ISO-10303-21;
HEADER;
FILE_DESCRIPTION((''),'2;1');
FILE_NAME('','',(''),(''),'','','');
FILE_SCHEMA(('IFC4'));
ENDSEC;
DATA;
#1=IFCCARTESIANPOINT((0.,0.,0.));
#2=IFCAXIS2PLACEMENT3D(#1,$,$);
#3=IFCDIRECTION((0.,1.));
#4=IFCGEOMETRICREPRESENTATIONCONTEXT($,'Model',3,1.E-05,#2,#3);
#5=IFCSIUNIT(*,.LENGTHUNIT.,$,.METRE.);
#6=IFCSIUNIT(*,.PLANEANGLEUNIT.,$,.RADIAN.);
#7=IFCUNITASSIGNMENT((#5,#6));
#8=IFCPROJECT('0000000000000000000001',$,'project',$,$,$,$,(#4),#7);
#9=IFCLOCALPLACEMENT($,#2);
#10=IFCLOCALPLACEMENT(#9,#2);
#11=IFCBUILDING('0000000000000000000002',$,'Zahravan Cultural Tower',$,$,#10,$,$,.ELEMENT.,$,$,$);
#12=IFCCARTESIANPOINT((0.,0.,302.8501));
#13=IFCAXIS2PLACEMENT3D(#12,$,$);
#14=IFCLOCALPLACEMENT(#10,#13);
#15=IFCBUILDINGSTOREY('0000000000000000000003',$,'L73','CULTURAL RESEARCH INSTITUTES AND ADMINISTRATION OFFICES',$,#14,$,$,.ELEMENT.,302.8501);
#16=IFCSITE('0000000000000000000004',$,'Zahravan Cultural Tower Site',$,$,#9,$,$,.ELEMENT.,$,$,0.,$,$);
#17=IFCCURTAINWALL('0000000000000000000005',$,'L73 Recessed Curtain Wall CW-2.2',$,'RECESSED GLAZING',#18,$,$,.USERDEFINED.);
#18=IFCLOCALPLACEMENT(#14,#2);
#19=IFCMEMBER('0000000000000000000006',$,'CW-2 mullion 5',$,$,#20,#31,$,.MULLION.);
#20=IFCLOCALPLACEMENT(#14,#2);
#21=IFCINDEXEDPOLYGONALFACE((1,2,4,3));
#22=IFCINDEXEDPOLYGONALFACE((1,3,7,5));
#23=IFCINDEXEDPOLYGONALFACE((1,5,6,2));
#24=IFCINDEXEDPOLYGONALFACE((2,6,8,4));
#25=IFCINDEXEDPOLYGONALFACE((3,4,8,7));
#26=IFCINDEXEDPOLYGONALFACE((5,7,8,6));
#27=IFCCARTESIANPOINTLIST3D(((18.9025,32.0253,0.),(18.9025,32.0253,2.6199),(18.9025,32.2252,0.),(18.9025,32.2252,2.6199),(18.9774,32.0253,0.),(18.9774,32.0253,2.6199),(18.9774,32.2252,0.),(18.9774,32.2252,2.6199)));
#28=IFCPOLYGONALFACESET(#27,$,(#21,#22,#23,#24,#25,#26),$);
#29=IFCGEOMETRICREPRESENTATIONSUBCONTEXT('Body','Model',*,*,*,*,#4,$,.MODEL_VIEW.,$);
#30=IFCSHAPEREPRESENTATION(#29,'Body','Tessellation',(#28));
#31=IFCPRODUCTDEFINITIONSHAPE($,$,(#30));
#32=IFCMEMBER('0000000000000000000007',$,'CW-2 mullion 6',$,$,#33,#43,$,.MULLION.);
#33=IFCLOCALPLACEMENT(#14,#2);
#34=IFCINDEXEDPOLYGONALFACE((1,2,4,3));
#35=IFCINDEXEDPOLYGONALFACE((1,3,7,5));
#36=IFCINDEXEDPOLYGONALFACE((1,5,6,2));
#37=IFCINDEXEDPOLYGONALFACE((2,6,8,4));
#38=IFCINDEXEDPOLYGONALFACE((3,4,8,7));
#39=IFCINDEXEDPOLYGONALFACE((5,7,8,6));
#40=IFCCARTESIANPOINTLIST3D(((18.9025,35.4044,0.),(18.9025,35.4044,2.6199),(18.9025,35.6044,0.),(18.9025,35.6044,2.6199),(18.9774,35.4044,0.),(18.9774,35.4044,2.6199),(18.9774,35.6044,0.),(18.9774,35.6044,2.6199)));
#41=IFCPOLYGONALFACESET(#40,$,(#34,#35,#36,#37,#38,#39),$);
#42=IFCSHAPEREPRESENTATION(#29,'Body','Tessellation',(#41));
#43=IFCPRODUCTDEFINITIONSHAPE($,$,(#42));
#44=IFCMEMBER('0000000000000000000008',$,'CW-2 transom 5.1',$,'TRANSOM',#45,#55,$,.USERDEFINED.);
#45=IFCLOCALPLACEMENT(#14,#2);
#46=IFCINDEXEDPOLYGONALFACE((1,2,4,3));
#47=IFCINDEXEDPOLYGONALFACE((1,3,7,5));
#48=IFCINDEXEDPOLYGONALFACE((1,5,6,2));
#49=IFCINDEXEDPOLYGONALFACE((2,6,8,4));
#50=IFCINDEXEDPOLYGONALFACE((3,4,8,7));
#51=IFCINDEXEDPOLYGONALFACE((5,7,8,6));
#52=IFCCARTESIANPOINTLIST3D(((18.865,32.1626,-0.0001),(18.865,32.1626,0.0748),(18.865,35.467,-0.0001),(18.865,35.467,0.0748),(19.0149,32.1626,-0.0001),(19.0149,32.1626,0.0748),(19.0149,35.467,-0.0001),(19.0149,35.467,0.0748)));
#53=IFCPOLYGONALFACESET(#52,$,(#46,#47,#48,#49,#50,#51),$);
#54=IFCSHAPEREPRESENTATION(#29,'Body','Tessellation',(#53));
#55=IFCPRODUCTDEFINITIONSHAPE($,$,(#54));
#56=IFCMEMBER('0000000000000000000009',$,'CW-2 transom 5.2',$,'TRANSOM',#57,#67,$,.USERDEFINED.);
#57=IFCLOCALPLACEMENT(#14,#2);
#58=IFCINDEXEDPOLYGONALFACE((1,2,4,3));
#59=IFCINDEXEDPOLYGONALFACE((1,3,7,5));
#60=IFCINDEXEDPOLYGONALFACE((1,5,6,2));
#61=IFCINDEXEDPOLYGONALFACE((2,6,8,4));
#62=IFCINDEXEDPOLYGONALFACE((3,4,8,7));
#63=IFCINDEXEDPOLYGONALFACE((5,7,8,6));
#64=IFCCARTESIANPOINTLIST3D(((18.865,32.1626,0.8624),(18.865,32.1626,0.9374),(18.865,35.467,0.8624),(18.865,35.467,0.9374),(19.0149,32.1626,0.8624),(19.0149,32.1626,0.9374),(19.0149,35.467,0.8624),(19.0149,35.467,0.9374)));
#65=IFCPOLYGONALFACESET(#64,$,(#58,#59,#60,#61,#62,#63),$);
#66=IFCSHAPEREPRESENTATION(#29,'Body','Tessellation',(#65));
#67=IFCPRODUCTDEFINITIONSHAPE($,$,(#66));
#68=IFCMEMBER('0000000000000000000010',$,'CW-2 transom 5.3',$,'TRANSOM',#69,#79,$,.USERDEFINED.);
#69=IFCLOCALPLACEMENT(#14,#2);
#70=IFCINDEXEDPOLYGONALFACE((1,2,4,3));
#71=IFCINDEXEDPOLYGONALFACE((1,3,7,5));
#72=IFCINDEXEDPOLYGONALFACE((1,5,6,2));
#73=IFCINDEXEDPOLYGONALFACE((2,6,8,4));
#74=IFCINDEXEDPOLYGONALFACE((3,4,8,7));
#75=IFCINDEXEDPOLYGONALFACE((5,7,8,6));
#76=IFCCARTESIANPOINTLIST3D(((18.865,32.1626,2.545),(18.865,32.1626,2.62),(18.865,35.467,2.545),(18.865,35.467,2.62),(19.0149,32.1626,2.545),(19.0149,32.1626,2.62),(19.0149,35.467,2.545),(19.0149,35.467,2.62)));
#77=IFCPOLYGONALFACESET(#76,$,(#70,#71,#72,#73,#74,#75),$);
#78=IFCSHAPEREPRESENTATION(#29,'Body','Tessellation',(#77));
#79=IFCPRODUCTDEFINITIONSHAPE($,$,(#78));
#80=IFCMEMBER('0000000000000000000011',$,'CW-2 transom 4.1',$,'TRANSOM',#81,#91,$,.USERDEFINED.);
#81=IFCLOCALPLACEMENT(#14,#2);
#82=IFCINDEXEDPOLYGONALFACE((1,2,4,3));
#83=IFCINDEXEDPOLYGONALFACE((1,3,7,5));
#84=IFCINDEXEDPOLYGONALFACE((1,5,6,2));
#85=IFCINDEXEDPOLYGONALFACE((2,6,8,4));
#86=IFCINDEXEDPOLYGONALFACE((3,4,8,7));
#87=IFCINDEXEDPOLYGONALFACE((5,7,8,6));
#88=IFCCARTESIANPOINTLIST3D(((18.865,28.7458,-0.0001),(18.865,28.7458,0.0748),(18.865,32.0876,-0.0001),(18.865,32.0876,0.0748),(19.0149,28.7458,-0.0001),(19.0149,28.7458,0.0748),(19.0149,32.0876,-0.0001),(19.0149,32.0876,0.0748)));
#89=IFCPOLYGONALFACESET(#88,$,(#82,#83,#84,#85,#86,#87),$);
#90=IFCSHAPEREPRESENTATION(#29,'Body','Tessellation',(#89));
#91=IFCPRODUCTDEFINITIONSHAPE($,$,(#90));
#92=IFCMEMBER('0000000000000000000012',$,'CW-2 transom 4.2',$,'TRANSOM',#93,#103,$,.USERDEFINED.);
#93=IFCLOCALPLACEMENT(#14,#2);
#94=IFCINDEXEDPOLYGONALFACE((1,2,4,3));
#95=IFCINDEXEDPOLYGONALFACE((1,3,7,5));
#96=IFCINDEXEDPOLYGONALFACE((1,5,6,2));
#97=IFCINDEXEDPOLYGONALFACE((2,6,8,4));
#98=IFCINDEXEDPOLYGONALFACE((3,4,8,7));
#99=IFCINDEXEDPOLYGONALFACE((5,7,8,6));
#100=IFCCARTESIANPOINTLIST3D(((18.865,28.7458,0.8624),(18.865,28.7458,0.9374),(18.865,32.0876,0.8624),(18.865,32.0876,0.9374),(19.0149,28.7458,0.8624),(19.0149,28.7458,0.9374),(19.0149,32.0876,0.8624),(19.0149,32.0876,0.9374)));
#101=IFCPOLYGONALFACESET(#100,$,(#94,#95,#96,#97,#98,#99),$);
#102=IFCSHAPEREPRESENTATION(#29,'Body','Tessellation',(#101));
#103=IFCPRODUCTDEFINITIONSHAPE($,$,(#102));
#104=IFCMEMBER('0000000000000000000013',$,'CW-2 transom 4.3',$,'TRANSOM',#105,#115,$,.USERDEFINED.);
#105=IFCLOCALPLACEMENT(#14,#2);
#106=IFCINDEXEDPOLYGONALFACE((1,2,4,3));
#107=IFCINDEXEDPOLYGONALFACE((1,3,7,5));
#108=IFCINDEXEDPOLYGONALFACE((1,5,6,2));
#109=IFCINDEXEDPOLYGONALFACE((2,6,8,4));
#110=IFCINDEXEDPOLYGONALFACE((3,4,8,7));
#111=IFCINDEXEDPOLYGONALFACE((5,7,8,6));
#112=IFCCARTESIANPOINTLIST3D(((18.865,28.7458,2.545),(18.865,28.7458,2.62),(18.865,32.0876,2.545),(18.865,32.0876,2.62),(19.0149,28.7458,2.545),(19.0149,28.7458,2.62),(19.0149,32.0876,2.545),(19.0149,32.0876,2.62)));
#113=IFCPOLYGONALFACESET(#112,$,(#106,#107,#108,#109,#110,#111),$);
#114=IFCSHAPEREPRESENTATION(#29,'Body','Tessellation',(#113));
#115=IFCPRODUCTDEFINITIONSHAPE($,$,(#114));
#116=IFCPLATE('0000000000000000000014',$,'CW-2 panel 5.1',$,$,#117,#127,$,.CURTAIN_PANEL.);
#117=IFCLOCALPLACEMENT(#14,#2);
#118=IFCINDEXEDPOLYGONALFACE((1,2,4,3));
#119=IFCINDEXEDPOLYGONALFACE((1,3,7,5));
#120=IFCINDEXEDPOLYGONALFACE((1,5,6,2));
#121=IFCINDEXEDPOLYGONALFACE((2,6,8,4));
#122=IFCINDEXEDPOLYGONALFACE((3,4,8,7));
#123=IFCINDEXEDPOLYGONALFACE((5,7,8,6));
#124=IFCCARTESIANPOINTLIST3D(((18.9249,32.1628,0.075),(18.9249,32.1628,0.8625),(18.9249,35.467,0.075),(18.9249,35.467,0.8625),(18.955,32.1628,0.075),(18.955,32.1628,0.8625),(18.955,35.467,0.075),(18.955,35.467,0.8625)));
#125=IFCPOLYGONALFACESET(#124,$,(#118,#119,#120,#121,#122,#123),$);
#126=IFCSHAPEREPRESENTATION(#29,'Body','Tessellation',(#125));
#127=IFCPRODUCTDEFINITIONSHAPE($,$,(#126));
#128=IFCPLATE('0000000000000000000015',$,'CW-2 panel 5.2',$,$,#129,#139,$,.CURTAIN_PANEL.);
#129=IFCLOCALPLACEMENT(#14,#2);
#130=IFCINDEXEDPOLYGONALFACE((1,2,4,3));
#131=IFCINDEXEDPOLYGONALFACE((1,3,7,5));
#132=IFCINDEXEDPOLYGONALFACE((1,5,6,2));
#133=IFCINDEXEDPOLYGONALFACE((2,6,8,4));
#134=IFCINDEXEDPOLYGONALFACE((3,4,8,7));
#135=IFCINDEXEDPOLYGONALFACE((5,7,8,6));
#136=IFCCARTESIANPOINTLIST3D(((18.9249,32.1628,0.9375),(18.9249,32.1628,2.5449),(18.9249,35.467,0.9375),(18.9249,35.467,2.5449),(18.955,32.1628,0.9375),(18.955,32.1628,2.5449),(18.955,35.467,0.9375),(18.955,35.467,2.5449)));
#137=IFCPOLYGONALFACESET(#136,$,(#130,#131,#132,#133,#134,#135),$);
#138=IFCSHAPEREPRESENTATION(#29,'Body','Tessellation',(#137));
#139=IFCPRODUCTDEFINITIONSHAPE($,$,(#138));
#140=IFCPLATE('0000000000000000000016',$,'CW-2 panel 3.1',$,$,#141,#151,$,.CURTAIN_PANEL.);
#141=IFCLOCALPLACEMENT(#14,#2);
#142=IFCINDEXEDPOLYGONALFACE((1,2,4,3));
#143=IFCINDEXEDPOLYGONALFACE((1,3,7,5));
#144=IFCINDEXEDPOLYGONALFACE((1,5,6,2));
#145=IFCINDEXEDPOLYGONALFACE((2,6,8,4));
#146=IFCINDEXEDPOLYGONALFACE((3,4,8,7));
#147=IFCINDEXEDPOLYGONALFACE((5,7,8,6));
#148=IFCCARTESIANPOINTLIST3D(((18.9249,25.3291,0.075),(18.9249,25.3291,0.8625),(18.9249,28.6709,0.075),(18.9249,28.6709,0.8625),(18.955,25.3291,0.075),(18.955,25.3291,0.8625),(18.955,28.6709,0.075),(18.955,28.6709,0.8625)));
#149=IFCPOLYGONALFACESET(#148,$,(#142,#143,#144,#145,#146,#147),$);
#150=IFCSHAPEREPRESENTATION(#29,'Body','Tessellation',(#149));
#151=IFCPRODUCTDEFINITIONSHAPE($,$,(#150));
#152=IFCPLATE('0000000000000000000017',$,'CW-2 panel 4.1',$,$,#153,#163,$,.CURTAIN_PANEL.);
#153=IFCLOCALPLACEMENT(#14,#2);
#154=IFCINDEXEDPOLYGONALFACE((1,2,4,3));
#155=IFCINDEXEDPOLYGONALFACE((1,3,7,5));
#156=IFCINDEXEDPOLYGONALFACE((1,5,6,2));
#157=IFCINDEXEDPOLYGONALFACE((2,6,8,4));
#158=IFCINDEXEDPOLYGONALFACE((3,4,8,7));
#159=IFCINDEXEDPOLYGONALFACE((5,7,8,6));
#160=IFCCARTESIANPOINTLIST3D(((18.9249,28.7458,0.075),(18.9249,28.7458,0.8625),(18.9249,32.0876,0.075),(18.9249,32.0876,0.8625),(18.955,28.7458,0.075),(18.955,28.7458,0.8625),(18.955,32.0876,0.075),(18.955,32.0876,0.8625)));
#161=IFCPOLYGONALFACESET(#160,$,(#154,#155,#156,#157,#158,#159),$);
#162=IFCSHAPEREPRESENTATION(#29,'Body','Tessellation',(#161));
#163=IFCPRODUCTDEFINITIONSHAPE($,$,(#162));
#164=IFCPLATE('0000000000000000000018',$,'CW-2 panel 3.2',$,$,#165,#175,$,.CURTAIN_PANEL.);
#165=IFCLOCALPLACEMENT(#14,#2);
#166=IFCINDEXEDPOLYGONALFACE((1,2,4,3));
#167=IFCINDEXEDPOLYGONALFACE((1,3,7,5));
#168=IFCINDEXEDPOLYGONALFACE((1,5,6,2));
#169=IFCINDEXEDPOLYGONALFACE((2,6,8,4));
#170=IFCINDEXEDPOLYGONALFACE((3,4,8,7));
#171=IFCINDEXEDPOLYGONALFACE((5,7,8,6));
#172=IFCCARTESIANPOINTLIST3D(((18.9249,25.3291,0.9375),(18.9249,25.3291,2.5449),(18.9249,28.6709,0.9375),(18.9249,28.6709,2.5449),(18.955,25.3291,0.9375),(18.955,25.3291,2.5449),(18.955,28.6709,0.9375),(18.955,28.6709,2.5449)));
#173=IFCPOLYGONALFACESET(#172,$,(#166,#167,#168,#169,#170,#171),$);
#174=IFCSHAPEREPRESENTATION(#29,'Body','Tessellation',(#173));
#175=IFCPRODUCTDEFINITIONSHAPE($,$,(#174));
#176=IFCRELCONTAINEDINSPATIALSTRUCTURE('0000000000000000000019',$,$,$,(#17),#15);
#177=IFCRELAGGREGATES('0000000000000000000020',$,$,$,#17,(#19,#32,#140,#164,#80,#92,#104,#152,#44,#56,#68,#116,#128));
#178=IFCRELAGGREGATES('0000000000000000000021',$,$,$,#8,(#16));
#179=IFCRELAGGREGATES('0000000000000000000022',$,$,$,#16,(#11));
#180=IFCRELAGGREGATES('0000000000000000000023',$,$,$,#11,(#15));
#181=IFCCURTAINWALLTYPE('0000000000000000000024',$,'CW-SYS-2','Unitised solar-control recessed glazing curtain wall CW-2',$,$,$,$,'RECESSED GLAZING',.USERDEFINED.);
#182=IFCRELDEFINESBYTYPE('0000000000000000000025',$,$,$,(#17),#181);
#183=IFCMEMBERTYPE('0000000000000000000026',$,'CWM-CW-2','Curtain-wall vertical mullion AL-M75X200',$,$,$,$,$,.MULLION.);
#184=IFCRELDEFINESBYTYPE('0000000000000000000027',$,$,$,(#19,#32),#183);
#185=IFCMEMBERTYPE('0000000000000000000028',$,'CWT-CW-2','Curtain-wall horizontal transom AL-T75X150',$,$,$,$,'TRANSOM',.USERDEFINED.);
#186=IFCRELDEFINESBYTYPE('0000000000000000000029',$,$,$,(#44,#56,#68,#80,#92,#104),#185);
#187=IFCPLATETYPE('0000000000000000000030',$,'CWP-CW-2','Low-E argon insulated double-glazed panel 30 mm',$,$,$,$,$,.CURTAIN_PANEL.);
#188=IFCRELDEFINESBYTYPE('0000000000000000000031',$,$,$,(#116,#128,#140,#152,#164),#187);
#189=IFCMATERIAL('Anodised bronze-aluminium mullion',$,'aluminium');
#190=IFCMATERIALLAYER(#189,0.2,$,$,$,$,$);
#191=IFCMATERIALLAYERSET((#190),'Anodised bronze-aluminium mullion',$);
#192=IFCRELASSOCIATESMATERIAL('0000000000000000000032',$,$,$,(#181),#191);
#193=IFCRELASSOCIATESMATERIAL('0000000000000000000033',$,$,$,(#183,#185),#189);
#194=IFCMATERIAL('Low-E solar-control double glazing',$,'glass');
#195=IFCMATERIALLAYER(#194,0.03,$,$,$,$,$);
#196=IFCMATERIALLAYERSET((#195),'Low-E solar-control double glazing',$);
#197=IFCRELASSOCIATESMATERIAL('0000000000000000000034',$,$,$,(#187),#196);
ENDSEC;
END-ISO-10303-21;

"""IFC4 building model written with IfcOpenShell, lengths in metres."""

from ifc_helpers import new_model, si_unit, direction, frame, origin, origin_2d, place, context, subcontext, project, spatial, rectangle, extrude, source, transform, mapped, material, layer, layer_set, material_profile, profile_set, type_object, element, aggregate, save


model = new_model("IFC4")

# Units and contexts
model_context = context("Model", 3, precision=1e-05, world=origin(), true_north=direction((0.0, 1.0)))
body_context = subcontext(model_context, "Body", "Model", "MODEL_VIEW")
ifc_project = project(units=[si_unit("LENGTHUNIT", "METRE"), si_unit("PLANEANGLEUNIT", "RADIAN")], contexts=[model_context])

# Site, building, storey
site_placement = place(None, origin())
site = spatial("IfcSite", under=ifc_project, at=site_placement, Name="Zahravan Cultural Tower Site", CompositionType="ELEMENT", RefElevation=0.0)
building_placement = place(site_placement, origin())
building = spatial("IfcBuilding", under=site, at=building_placement, Name="Zahravan Cultural Tower", CompositionType="ELEMENT")
storey_placement = place(building_placement, frame((0.0, 0.0, 302.8501)))
storey = spatial("IfcBuildingStorey", under=building, at=storey_placement, Name="L73", Description="CULTURAL RESEARCH INSTITUTES AND ADMINISTRATION OFFICES", CompositionType="ELEMENT", Elevation=302.8501)

# Curtain wall, members, plates
ifc_material_1 = material(Name="Anodised bronze-aluminium mullion", Category="aluminium")
ifc_layer_1 = layer(ifc_material_1, 0.2)
ifc_layer_set_1 = layer_set([ifc_layer_1], Name="Anodised bronze-aluminium mullion")
curtain_wall_type = type_object("IfcCurtainWallType", Name="CW-SYS-2", Description="Unitised solar-control recessed glazing curtain wall CW-2", ElementType="RECESSED GLAZING", PredefinedType="USERDEFINED", material=ifc_layer_set_1)
curtain_wall_placement = place(storey_placement, origin())
curtain_wall = element("IfcCurtainWall", 1, at=curtain_wall_placement, inside=storey, type_object=curtain_wall_type, Name="L73 Recessed Curtain Wall CW-2.2", ObjectType="RECESSED GLAZING", PredefinedType="USERDEFINED")
ifc_material_profile_1 = material_profile(ifc_material_1, rectangle(XDim=0.075, YDim=0.2, at=origin_2d()), Name="AL-M75X200")
ifc_profile_set_1 = profile_set([ifc_material_profile_1], Name="Anodised bronze-aluminium mullion")
member_type_1 = type_object("IfcMemberType", Name="CWM-CW-2", Description="Curtain-wall vertical mullion AL-M75X200", PredefinedType="MULLION", material=ifc_profile_set_1)
shared_shape_1 = source(origin(), body_context, "Body", "SweptSolid", [
    extrude(rectangle(XDim=0.075, YDim=0.2, at=origin_2d()), origin(), (0.0, 0.0, 1.0), 2.6199),
])
member_1_placement = place(storey_placement, frame((18.9399, 32.1252, 0.0), z_axis=(0.0, 0.0, 1.0), x_axis=(-1.0, 0.0, 0.0)))
member_1 = element("IfcMember", 2, at=member_1_placement, type_object=member_type_1, Name="CW-2 mullion 5", PredefinedType="MULLION", context=body_context, shape_type="MappedRepresentation", body=[
    mapped(shared_shape_1, transform((0.0, 0.0, 0.0), x_axis=(1.0, 0.0, 0.0), y_axis=(0.0, 1.0, 0.0), z_axis=(0.0, 0.0, 1.0), scale=1.0)),
])
member_2_placement = place(storey_placement, frame((18.9399, 35.5044, 0.0), z_axis=(0.0, 0.0, 1.0), x_axis=(-1.0, 0.0, 0.0)))
member_2 = element("IfcMember", 3, at=member_2_placement, type_object=member_type_1, Name="CW-2 mullion 6", PredefinedType="MULLION", context=body_context, shape_type="MappedRepresentation", body=[
    mapped(shared_shape_1, transform((0.0, 0.0, 0.0), x_axis=(1.0, 0.0, 0.0), y_axis=(0.0, 1.0, 0.0), z_axis=(0.0, 0.0, 1.0), scale=1.0)),
])
ifc_material_profile_2 = material_profile(ifc_material_1, rectangle(XDim=0.1499, YDim=0.075, at=origin_2d()), Name="AL-T75X150")
ifc_profile_set_2 = profile_set([ifc_material_profile_2], Name="Anodised bronze-aluminium mullion")
member_type_2 = type_object("IfcMemberType", Name="CWT-CW-2", Description="Curtain-wall horizontal transom AL-T75X150", ElementType="TRANSOM", PredefinedType="USERDEFINED", material=ifc_profile_set_2)
shared_shape_2 = source(origin(), body_context, "Body", "SweptSolid", [
    extrude(rectangle(XDim=0.1499, YDim=0.075, at=origin_2d()), origin(), (0.0, 0.0, 1.0), 3.3044),
])
member_3_placement = place(storey_placement, frame((18.9399, 32.1626, 0.0374), z_axis=(0.0, 1.0, 0.0), x_axis=(-1.0, 0.0, 0.0)))
member_3 = element("IfcMember", 4, at=member_3_placement, type_object=member_type_2, Name="CW-2 transom 5.1", ObjectType="TRANSOM", PredefinedType="USERDEFINED", context=body_context, shape_type="MappedRepresentation", body=[
    mapped(shared_shape_2, transform((0.0, 0.0, 0.0), x_axis=(1.0, 0.0, 0.0), y_axis=(0.0, 1.0, 0.0), z_axis=(0.0, 0.0, 1.0), scale=1.0)),
])
member_4_placement = place(storey_placement, frame((18.9399, 32.1626, 0.8999), z_axis=(0.0, 1.0, 0.0), x_axis=(-1.0, 0.0, 0.0)))
member_4 = element("IfcMember", 5, at=member_4_placement, type_object=member_type_2, Name="CW-2 transom 5.2", ObjectType="TRANSOM", PredefinedType="USERDEFINED", context=body_context, shape_type="MappedRepresentation", body=[
    mapped(shared_shape_2, transform((0.0, 0.0, 0.0), x_axis=(1.0, 0.0, 0.0), y_axis=(0.0, 1.0, 0.0), z_axis=(0.0, 0.0, 1.0), scale=1.0)),
])
member_5_placement = place(storey_placement, frame((18.9399, 32.1626, 2.5825), z_axis=(0.0, 1.0, 0.0), x_axis=(-1.0, 0.0, 0.0)))
member_5 = element("IfcMember", 6, at=member_5_placement, type_object=member_type_2, Name="CW-2 transom 5.3", ObjectType="TRANSOM", PredefinedType="USERDEFINED", context=body_context, shape_type="MappedRepresentation", body=[
    mapped(shared_shape_2, transform((0.0, 0.0, 0.0), x_axis=(1.0, 0.0, 0.0), y_axis=(0.0, 1.0, 0.0), z_axis=(0.0, 0.0, 1.0), scale=1.0)),
])
shared_shape_3 = source(origin(), body_context, "Body", "SweptSolid", [
    extrude(rectangle(XDim=0.1499, YDim=0.075, at=origin_2d()), origin(), (0.0, 0.0, 1.0), 3.3418),
])
member_6_placement = place(storey_placement, frame((18.9399, 28.7458, 0.0374), z_axis=(0.0, 1.0, 0.0), x_axis=(-1.0, 0.0, 0.0)))
member_6 = element("IfcMember", 7, at=member_6_placement, type_object=member_type_2, Name="CW-2 transom 4.1", ObjectType="TRANSOM", PredefinedType="USERDEFINED", context=body_context, shape_type="MappedRepresentation", body=[
    mapped(shared_shape_3, transform((0.0, 0.0, 0.0), x_axis=(1.0, 0.0, 0.0), y_axis=(0.0, 1.0, 0.0), z_axis=(0.0, 0.0, 1.0), scale=1.0)),
])
member_7_placement = place(storey_placement, frame((18.9399, 28.7458, 0.8999), z_axis=(0.0, 1.0, 0.0), x_axis=(-1.0, 0.0, 0.0)))
member_7 = element("IfcMember", 8, at=member_7_placement, type_object=member_type_2, Name="CW-2 transom 4.2", ObjectType="TRANSOM", PredefinedType="USERDEFINED", context=body_context, shape_type="MappedRepresentation", body=[
    mapped(shared_shape_3, transform((0.0, 0.0, 0.0), x_axis=(1.0, 0.0, 0.0), y_axis=(0.0, 1.0, 0.0), z_axis=(0.0, 0.0, 1.0), scale=1.0)),
])
member_8_placement = place(storey_placement, frame((18.9399, 28.7458, 2.5825), z_axis=(0.0, 1.0, 0.0), x_axis=(-1.0, 0.0, 0.0)))
member_8 = element("IfcMember", 9, at=member_8_placement, type_object=member_type_2, Name="CW-2 transom 4.3", ObjectType="TRANSOM", PredefinedType="USERDEFINED", context=body_context, shape_type="MappedRepresentation", body=[
    mapped(shared_shape_3, transform((0.0, 0.0, 0.0), x_axis=(1.0, 0.0, 0.0), y_axis=(0.0, 1.0, 0.0), z_axis=(0.0, 0.0, 1.0), scale=1.0)),
])
ifc_material_2 = material(Name="Low-E solar-control double glazing", Category="glass")
ifc_layer_2 = layer(ifc_material_2, 0.03)
ifc_layer_set_2 = layer_set([ifc_layer_2], Name="Low-E solar-control double glazing")
plate_type = type_object("IfcPlateType", Name="CWP-CW-2", Description="Low-E argon insulated double-glazed panel 30 mm", PredefinedType="CURTAIN_PANEL", material=ifc_layer_set_2)
shared_shape_4 = source(origin(), body_context, "Body", "SweptSolid", [
    extrude(rectangle(XDim=3.3042, YDim=0.03, at=origin_2d()), origin(), (0.0, 0.0, 1.0), 0.7876),
])
plate_1_placement = place(storey_placement, frame((18.9399, 33.8149, 0.075), z_axis=(0.0, 0.0, 1.0), x_axis=(0.0, 1.0, 0.0)))
plate_1 = element("IfcPlate", 10, at=plate_1_placement, type_object=plate_type, Name="CW-2 panel 5.1", PredefinedType="CURTAIN_PANEL", context=body_context, shape_type="MappedRepresentation", body=[
    mapped(shared_shape_4, transform((0.0, 0.0, 0.0), x_axis=(1.0, 0.0, 0.0), y_axis=(0.0, 1.0, 0.0), z_axis=(0.0, 0.0, 1.0), scale=1.0)),
])
shared_shape_5 = source(origin(), body_context, "Body", "SweptSolid", [
    extrude(rectangle(XDim=3.3042, YDim=0.03, at=origin_2d()), origin(), (0.0, 0.0, 1.0), 1.6074),
])
plate_2_placement = place(storey_placement, frame((18.9399, 33.8149, 0.9375), z_axis=(0.0, 0.0, 1.0), x_axis=(0.0, 1.0, 0.0)))
plate_2 = element("IfcPlate", 11, at=plate_2_placement, type_object=plate_type, Name="CW-2 panel 5.2", PredefinedType="CURTAIN_PANEL", context=body_context, shape_type="MappedRepresentation", body=[
    mapped(shared_shape_5, transform((0.0, 0.0, 0.0), x_axis=(1.0, 0.0, 0.0), y_axis=(0.0, 1.0, 0.0), z_axis=(0.0, 0.0, 1.0), scale=1.0)),
])
shared_shape_6 = source(origin(), body_context, "Body", "SweptSolid", [
    extrude(rectangle(XDim=3.3418, YDim=0.03, at=origin_2d()), origin(), (0.0, 0.0, 1.0), 0.7876),
])
plate_3_placement = place(storey_placement, frame((18.9399, 27.0, 0.075), z_axis=(0.0, 0.0, 1.0), x_axis=(0.0, 1.0, 0.0)))
plate_3 = element("IfcPlate", 12, at=plate_3_placement, type_object=plate_type, Name="CW-2 panel 3.1", PredefinedType="CURTAIN_PANEL", context=body_context, shape_type="MappedRepresentation", body=[
    mapped(shared_shape_6, transform((0.0, 0.0, 0.0), x_axis=(1.0, 0.0, 0.0), y_axis=(0.0, 1.0, 0.0), z_axis=(0.0, 0.0, 1.0), scale=1.0)),
])
plate_4_placement = place(storey_placement, frame((18.9399, 30.4167, 0.075), z_axis=(0.0, 0.0, 1.0), x_axis=(0.0, 1.0, 0.0)))
plate_4 = element("IfcPlate", 13, at=plate_4_placement, type_object=plate_type, Name="CW-2 panel 4.1", PredefinedType="CURTAIN_PANEL", context=body_context, shape_type="MappedRepresentation", body=[
    mapped(shared_shape_6, transform((0.0, 0.0, 0.0), x_axis=(1.0, 0.0, 0.0), y_axis=(0.0, 1.0, 0.0), z_axis=(0.0, 0.0, 1.0), scale=1.0)),
])
shared_shape_7 = source(origin(), body_context, "Body", "SweptSolid", [
    extrude(rectangle(XDim=3.3418, YDim=0.03, at=origin_2d()), origin(), (0.0, 0.0, 1.0), 1.6074),
])
plate_5_placement = place(storey_placement, frame((18.9399, 27.0, 0.9375), z_axis=(0.0, 0.0, 1.0), x_axis=(0.0, 1.0, 0.0)))
plate_5 = element("IfcPlate", 14, at=plate_5_placement, type_object=plate_type, Name="CW-2 panel 3.2", PredefinedType="CURTAIN_PANEL", context=body_context, shape_type="MappedRepresentation", body=[
    mapped(shared_shape_7, transform((0.0, 0.0, 0.0), x_axis=(1.0, 0.0, 0.0), y_axis=(0.0, 1.0, 0.0), z_axis=(0.0, 0.0, 1.0), scale=1.0)),
])
aggregate(curtain_wall, [member_1, member_2, plate_3, plate_5, member_6, member_7, member_8, plate_4, member_3, member_4, member_5, plate_1, plate_2])

save(model, "model.ifc")
